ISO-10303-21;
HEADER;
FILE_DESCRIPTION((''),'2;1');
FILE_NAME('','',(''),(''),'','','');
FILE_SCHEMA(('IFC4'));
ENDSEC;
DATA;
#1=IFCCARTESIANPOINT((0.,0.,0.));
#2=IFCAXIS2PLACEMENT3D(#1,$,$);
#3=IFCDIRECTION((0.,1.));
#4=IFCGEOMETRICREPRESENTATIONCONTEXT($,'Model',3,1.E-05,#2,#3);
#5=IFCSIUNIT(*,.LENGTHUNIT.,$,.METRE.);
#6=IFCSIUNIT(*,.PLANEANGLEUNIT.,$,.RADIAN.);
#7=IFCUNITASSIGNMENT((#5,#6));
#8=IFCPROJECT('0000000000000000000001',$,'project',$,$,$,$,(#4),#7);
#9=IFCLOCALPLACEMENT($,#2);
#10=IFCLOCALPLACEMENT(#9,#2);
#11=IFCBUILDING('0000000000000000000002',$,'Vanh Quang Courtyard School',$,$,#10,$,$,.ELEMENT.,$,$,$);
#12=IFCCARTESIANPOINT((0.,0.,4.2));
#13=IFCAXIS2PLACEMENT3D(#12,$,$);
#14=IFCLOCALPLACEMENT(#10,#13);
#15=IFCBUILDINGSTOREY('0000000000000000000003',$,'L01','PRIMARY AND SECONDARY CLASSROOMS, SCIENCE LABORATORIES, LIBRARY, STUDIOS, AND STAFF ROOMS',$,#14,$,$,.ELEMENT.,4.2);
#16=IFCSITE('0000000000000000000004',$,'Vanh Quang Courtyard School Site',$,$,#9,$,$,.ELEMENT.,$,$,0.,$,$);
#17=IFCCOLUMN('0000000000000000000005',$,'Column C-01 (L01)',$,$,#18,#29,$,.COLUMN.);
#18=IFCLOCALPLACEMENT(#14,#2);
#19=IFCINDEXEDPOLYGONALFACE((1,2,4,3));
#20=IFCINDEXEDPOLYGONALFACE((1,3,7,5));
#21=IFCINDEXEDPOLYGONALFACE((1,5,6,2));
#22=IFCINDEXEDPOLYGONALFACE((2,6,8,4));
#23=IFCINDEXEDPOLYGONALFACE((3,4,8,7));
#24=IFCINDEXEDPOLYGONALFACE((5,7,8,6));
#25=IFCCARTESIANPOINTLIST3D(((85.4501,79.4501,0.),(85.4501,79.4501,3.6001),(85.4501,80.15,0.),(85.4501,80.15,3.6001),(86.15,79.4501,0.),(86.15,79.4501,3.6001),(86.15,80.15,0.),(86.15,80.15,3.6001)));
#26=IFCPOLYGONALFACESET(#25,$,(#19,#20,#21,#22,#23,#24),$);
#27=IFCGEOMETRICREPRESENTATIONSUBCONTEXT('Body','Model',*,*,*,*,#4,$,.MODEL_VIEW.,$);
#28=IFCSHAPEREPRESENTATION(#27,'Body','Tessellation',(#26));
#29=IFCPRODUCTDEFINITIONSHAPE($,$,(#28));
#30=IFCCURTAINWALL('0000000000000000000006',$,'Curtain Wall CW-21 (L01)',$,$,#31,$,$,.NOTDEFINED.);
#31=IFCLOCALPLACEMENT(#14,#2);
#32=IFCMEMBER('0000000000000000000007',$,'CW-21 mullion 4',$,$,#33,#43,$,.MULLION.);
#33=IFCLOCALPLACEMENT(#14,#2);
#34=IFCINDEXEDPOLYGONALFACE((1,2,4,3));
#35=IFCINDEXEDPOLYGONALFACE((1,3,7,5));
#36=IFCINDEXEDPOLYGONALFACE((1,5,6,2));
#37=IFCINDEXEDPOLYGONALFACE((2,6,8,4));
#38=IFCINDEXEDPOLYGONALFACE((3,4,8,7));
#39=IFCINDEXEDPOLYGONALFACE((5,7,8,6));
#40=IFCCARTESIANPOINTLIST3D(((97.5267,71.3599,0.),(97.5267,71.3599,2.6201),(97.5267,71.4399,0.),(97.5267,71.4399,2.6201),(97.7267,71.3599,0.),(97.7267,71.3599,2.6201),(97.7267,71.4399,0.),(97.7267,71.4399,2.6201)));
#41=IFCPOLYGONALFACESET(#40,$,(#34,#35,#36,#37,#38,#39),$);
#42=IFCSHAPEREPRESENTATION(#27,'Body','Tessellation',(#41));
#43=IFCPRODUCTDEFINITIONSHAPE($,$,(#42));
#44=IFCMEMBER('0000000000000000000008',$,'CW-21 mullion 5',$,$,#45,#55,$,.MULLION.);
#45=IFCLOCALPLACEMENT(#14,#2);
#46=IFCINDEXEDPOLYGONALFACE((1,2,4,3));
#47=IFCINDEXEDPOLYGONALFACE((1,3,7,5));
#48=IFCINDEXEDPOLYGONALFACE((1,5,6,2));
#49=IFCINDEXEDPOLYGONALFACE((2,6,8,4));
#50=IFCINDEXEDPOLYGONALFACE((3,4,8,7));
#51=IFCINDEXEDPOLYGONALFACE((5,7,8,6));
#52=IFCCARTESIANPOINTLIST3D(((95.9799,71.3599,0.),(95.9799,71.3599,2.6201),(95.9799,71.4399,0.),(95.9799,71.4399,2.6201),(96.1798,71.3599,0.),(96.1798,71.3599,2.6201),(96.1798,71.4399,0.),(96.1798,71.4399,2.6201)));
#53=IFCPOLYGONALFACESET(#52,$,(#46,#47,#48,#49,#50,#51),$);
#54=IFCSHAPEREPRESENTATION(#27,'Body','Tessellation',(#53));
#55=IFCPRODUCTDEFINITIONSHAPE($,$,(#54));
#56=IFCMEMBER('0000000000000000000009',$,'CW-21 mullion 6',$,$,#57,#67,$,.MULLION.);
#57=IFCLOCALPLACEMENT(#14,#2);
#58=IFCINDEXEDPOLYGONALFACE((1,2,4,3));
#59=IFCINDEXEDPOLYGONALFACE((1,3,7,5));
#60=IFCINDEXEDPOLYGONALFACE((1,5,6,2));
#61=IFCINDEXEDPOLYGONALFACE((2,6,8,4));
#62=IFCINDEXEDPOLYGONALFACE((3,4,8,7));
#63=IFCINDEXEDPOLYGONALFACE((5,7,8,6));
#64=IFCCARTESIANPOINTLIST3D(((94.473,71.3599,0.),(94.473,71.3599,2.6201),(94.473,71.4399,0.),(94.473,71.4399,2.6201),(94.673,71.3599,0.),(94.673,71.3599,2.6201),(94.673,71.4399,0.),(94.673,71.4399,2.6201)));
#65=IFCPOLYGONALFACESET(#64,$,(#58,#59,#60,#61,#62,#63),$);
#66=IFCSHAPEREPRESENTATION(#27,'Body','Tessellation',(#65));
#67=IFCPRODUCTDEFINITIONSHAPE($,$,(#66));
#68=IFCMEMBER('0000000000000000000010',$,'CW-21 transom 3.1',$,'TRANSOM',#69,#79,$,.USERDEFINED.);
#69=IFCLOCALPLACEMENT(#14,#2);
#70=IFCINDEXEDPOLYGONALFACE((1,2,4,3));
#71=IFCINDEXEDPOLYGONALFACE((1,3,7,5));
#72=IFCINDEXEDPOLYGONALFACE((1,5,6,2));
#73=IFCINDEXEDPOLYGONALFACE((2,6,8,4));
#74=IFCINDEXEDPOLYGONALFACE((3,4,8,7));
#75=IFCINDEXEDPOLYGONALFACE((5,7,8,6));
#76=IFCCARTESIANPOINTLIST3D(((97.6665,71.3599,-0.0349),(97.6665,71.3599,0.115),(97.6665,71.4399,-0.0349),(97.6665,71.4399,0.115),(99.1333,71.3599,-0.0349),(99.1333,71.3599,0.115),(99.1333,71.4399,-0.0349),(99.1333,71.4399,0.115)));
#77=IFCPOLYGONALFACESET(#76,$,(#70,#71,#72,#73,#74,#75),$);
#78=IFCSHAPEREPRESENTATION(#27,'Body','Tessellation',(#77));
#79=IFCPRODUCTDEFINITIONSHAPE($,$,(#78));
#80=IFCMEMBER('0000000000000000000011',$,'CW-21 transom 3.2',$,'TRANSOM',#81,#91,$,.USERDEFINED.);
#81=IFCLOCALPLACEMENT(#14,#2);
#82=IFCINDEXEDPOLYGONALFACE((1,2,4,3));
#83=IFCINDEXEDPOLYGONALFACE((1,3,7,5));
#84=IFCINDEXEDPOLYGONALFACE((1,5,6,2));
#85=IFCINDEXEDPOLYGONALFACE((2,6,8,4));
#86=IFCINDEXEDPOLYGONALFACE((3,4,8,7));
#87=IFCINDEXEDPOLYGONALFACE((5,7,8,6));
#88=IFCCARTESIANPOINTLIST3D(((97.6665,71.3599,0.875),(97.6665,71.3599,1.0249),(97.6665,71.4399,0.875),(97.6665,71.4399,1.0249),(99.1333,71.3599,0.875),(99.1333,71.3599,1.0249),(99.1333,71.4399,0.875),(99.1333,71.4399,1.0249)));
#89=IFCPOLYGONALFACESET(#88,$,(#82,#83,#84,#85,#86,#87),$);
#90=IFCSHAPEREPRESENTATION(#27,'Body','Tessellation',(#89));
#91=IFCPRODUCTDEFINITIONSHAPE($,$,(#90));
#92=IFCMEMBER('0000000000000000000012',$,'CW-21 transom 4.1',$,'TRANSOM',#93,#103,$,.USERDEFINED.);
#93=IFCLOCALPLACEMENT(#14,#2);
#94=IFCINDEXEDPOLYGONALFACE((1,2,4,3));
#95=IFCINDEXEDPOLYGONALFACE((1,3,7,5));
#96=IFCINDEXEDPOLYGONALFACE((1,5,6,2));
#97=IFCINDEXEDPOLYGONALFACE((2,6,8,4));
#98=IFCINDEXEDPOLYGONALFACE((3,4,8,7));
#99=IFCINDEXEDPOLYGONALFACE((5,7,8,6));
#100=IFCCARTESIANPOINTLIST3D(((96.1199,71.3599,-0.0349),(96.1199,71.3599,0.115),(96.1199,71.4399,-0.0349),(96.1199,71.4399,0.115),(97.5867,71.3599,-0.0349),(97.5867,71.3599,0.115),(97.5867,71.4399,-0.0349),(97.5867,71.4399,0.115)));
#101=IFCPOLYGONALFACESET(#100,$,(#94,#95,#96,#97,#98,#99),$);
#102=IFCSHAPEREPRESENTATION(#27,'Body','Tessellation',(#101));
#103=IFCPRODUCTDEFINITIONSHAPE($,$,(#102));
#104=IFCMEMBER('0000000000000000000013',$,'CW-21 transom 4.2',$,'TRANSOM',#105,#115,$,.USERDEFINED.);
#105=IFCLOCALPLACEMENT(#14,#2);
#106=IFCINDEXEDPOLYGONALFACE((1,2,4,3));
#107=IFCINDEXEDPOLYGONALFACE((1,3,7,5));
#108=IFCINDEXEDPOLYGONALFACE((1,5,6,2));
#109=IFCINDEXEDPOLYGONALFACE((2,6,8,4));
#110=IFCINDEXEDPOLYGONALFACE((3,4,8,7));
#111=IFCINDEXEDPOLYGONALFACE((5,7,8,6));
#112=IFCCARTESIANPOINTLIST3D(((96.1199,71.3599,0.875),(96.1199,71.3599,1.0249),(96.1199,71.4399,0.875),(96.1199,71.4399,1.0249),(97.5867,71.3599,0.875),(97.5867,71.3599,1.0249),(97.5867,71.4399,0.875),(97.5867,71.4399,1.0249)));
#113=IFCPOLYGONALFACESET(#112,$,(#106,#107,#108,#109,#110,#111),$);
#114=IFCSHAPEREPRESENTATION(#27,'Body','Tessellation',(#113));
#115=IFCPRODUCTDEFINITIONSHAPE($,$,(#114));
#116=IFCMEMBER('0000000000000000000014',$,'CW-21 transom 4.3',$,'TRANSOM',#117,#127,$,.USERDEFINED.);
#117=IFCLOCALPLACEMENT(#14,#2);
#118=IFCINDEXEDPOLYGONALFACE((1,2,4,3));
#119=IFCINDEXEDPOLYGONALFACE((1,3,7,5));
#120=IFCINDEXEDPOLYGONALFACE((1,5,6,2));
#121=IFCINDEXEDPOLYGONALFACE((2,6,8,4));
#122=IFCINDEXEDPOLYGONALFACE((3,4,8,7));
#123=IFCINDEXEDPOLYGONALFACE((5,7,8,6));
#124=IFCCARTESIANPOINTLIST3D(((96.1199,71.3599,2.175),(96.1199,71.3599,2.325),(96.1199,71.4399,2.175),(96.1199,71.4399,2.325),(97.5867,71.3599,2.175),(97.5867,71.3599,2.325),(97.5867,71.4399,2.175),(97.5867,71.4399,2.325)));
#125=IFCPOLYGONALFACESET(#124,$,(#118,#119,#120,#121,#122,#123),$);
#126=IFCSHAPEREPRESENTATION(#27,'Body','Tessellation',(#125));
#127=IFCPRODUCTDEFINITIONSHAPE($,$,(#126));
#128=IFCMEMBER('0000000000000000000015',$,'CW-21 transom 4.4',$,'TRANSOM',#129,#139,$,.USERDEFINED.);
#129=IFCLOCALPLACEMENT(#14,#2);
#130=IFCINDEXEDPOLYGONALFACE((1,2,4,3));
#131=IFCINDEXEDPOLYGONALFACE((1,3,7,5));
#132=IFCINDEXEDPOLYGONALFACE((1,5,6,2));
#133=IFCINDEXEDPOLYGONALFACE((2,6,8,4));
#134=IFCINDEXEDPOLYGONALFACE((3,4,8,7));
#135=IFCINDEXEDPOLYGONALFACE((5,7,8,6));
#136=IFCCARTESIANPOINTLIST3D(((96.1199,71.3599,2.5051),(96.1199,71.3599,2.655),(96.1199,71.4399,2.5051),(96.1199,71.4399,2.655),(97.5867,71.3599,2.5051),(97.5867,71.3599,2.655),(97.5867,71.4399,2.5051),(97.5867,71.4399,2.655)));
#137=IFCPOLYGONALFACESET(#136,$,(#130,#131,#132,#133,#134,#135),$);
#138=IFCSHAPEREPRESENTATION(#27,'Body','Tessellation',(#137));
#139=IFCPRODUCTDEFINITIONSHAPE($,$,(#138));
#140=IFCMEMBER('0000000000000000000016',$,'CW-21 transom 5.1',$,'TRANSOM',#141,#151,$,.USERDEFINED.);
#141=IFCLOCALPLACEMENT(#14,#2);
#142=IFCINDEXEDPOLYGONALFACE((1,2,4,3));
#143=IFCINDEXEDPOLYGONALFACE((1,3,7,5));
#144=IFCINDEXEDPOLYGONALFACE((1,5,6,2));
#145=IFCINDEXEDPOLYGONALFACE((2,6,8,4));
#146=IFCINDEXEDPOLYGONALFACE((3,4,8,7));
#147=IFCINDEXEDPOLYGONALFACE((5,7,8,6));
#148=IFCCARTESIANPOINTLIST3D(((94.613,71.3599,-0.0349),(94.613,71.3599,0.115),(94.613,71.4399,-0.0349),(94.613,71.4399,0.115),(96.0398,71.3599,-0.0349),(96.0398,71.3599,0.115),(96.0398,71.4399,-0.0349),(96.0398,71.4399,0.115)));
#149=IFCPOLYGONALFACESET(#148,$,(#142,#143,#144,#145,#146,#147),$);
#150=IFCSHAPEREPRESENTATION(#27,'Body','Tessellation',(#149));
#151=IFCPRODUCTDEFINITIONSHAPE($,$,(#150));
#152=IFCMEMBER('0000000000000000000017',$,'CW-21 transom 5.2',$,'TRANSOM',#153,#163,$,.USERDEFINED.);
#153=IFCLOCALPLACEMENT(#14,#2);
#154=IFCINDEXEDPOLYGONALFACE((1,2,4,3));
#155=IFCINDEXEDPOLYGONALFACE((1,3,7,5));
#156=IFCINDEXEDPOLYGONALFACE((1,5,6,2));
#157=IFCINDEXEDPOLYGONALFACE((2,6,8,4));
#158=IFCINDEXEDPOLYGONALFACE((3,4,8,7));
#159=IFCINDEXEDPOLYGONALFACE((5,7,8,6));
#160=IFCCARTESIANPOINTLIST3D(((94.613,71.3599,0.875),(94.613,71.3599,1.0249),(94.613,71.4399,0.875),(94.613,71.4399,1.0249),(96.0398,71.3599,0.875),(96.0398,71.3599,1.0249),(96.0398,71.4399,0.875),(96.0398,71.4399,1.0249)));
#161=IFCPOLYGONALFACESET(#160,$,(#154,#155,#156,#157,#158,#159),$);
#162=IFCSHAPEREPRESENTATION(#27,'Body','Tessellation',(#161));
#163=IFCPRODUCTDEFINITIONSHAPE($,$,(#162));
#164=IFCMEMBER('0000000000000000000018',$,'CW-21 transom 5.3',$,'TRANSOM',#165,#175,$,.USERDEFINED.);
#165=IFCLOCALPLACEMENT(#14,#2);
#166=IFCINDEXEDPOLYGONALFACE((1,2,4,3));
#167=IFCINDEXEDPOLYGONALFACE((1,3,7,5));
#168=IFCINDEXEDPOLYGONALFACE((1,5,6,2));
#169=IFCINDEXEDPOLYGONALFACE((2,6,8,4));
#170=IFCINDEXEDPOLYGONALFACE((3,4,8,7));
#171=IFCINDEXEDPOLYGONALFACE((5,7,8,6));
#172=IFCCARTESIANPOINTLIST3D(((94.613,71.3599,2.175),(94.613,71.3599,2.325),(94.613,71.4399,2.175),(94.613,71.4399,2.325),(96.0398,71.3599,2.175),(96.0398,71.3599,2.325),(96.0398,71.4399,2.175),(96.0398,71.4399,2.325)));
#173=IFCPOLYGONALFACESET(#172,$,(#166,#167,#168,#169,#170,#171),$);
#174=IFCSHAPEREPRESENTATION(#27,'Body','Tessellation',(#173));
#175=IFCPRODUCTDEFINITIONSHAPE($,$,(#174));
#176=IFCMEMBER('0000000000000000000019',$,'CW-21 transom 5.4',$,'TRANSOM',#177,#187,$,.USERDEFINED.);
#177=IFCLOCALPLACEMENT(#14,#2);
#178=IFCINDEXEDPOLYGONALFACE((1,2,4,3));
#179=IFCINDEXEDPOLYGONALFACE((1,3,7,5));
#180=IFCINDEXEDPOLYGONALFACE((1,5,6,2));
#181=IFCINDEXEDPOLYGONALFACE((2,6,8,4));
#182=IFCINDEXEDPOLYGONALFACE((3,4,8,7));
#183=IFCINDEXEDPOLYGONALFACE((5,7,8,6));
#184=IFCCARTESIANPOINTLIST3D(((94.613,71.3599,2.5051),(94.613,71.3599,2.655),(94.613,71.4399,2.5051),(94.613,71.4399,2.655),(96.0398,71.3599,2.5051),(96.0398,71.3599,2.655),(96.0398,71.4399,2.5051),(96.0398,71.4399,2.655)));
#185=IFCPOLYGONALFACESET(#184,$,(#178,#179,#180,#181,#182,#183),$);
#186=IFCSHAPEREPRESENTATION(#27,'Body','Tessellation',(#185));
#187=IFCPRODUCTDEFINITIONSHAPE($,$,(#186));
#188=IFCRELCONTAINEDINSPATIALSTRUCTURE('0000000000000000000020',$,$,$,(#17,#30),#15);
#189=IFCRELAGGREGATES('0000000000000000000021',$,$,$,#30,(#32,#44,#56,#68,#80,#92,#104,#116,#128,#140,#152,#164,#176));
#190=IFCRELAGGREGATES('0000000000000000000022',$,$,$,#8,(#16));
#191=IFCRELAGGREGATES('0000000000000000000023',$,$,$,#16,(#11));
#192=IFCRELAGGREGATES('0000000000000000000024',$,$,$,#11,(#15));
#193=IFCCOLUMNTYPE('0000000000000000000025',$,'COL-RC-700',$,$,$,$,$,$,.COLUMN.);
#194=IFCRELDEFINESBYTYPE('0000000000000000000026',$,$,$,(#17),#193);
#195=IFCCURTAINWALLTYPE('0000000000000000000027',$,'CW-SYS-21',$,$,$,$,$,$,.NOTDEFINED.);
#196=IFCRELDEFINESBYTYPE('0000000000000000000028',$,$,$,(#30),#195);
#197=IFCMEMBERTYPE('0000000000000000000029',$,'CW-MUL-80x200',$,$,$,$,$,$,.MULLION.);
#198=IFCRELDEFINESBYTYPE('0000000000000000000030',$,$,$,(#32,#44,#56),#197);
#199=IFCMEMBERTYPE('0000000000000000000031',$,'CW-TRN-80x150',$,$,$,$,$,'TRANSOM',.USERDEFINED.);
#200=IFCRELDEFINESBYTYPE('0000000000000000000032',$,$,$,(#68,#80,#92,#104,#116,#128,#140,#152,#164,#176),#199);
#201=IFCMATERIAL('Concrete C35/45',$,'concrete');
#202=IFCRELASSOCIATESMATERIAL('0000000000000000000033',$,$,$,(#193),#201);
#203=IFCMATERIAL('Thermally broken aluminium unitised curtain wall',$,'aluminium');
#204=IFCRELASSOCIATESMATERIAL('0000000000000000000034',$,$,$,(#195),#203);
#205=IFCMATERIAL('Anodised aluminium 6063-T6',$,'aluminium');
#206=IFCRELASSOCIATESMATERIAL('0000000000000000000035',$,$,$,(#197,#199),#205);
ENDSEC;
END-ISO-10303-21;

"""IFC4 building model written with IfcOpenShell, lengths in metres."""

from ifc_helpers import new_model, si_unit, direction, frame, origin, origin_2d, place, context, subcontext, project, spatial, rectangle, extrude, material, material_profile, profile_set, type_object, element, aggregate, save


model = new_model("IFC4")

# Units and contexts
model_context = context("Model", 3, precision=1e-05, world=origin(), true_north=direction((0.0, 1.0)))
body_context = subcontext(model_context, "Body", "Model", "MODEL_VIEW")
ifc_project = project(units=[si_unit("LENGTHUNIT", "METRE"), si_unit("PLANEANGLEUNIT", "RADIAN")], contexts=[model_context])

# Site, building, storey
site_placement = place(None, origin())
site = spatial("IfcSite", under=ifc_project, at=site_placement, Name="Vanh Quang Courtyard School Site", CompositionType="ELEMENT", RefElevation=0.0)
building_placement = place(site_placement, origin())
building = spatial("IfcBuilding", under=site, at=building_placement, Name="Vanh Quang Courtyard School", CompositionType="ELEMENT")
storey_placement = place(building_placement, frame((0.0, 0.0, 4.2)))
storey = spatial("IfcBuildingStorey", under=building, at=storey_placement, Name="L01", Description="PRIMARY AND SECONDARY CLASSROOMS, SCIENCE LABORATORIES, LIBRARY, STUDIOS, AND STAFF ROOMS", CompositionType="ELEMENT", Elevation=4.2)

# Column
ifc_material_1 = material(Name="Concrete C35/45", Category="concrete")
ifc_material_profile_1 = material_profile(ifc_material_1, rectangle(XDim=0.7, YDim=0.7, at=origin_2d()), Name="RC-COL 700x700")
ifc_profile_set_1 = profile_set([ifc_material_profile_1], Name="Concrete C35/45")
column_type = type_object("IfcColumnType", Name="COL-RC-700", PredefinedType="COLUMN", material=ifc_profile_set_1)
column_placement = place(storey_placement, frame((85.8, 79.8, 0.0), z_axis=(0.0, 0.0, 1.0), x_axis=(1.0, 0.0, 0.0)))
element("IfcColumn", 1, at=column_placement, inside=storey, type_object=column_type, Name="Column C-01 (L01)", PredefinedType="COLUMN", context=body_context, shape_type="SweptSolid", body=[
    extrude(rectangle(XDim=0.7, YDim=0.7, at=origin_2d()), origin(), (0.0, 0.0, 1.0), 3.6001),
])

# Curtain wall, members
ifc_material_2 = material(Name="Thermally broken aluminium unitised curtain wall", Category="aluminium")
curtain_wall_type = type_object("IfcCurtainWallType", Name="CW-SYS-21", PredefinedType="NOTDEFINED", material=ifc_material_2)
curtain_wall_placement = place(storey_placement, origin())
curtain_wall = element("IfcCurtainWall", 2, at=curtain_wall_placement, inside=storey, type_object=curtain_wall_type, Name="Curtain Wall CW-21 (L01)", PredefinedType="NOTDEFINED")
ifc_material_3 = material(Name="Anodised aluminium 6063-T6", Category="aluminium")
ifc_material_profile_2 = material_profile(ifc_material_3, rectangle(XDim=0.0801, YDim=0.2, at=origin_2d()), Name="ALU-MUL 80x200")
ifc_profile_set_2 = profile_set([ifc_material_profile_2], Name="Anodised aluminium 6063-T6")
member_type_1 = type_object("IfcMemberType", Name="CW-MUL-80x200", PredefinedType="MULLION", material=ifc_profile_set_2)
member_1_placement = place(storey_placement, frame((97.6267, 71.3999, 0.0), z_axis=(0.0, 0.0, 1.0), x_axis=(0.0, -1.0, 0.0)))
member_1 = element("IfcMember", 3, at=member_1_placement, type_object=member_type_1, Name="CW-21 mullion 4", PredefinedType="MULLION", context=body_context, shape_type="SweptSolid", body=[
    extrude(rectangle(XDim=0.0801, YDim=0.2, at=origin_2d()), origin(), (0.0, 0.0, 1.0), 2.6201),
])
member_2_placement = place(storey_placement, frame((96.0798, 71.3999, 0.0), z_axis=(0.0, 0.0, 1.0), x_axis=(0.0, -1.0, 0.0)))
member_2 = element("IfcMember", 4, at=member_2_placement, type_object=member_type_1, Name="CW-21 mullion 5", PredefinedType="MULLION", context=body_context, shape_type="SweptSolid", body=[
    extrude(rectangle(XDim=0.0801, YDim=0.2, at=origin_2d()), origin(), (0.0, 0.0, 1.0), 2.6201),
])
member_3_placement = place(storey_placement, frame((94.573, 71.3999, 0.0), z_axis=(0.0, 0.0, 1.0), x_axis=(0.0, -1.0, 0.0)))
member_3 = element("IfcMember", 5, at=member_3_placement, type_object=member_type_1, Name="CW-21 mullion 6", PredefinedType="MULLION", context=body_context, shape_type="SweptSolid", body=[
    extrude(rectangle(XDim=0.0801, YDim=0.2, at=origin_2d()), origin(), (0.0, 0.0, 1.0), 2.6201),
])
ifc_material_profile_3 = material_profile(ifc_material_3, rectangle(XDim=0.0801, YDim=0.1499, at=origin_2d()), Name="ALU-TRN 80x150")
ifc_profile_set_3 = profile_set([ifc_material_profile_3], Name="Anodised aluminium 6063-T6")
member_type_2 = type_object("IfcMemberType", Name="CW-TRN-80x150", ElementType="TRANSOM", PredefinedType="USERDEFINED", material=ifc_profile_set_3)
member_4_placement = place(storey_placement, frame((99.1333, 71.3999, 0.04), z_axis=(-1.0, 0.0, 0.0), x_axis=(0.0, -1.0, 0.0)))
member_4 = element("IfcMember", 6, at=member_4_placement, type_object=member_type_2, Name="CW-21 transom 3.1", ObjectType="TRANSOM", PredefinedType="USERDEFINED", context=body_context, shape_type="SweptSolid", body=[
    extrude(rectangle(XDim=0.0801, YDim=0.1499, at=origin_2d()), origin(), (0.0, 0.0, 1.0), 1.4668),
])
member_5_placement = place(storey_placement, frame((99.1333, 71.3999, 0.95), z_axis=(-1.0, 0.0, 0.0), x_axis=(0.0, -1.0, 0.0)))
member_5 = element("IfcMember", 7, at=member_5_placement, type_object=member_type_2, Name="CW-21 transom 3.2", ObjectType="TRANSOM", PredefinedType="USERDEFINED", context=body_context, shape_type="SweptSolid", body=[
    extrude(rectangle(XDim=0.0801, YDim=0.1499, at=origin_2d()), origin(), (0.0, 0.0, 1.0), 1.4668),
])
member_6_placement = place(storey_placement, frame((97.5867, 71.3999, 0.04), z_axis=(-1.0, 0.0, 0.0), x_axis=(0.0, -1.0, 0.0)))
member_6 = element("IfcMember", 8, at=member_6_placement, type_object=member_type_2, Name="CW-21 transom 4.1", ObjectType="TRANSOM", PredefinedType="USERDEFINED", context=body_context, shape_type="SweptSolid", body=[
    extrude(rectangle(XDim=0.0801, YDim=0.1499, at=origin_2d()), origin(), (0.0, 0.0, 1.0), 1.4668),
])
member_7_placement = place(storey_placement, frame((97.5867, 71.3999, 0.95), z_axis=(-1.0, 0.0, 0.0), x_axis=(0.0, -1.0, 0.0)))
member_7 = element("IfcMember", 9, at=member_7_placement, type_object=member_type_2, Name="CW-21 transom 4.2", ObjectType="TRANSOM", PredefinedType="USERDEFINED", context=body_context, shape_type="SweptSolid", body=[
    extrude(rectangle(XDim=0.0801, YDim=0.1499, at=origin_2d()), origin(), (0.0, 0.0, 1.0), 1.4668),
])
member_8_placement = place(storey_placement, frame((97.5867, 71.3999, 2.25), z_axis=(-1.0, 0.0, 0.0), x_axis=(0.0, -1.0, 0.0)))
member_8 = element("IfcMember", 10, at=member_8_placement, type_object=member_type_2, Name="CW-21 transom 4.3", ObjectType="TRANSOM", PredefinedType="USERDEFINED", context=body_context, shape_type="SweptSolid", body=[
    extrude(rectangle(XDim=0.0801, YDim=0.1499, at=origin_2d()), origin(), (0.0, 0.0, 1.0), 1.4668),
])
member_9_placement = place(storey_placement, frame((97.5867, 71.3999, 2.5801), z_axis=(-1.0, 0.0, 0.0), x_axis=(0.0, -1.0, 0.0)))
member_9 = element("IfcMember", 11, at=member_9_placement, type_object=member_type_2, Name="CW-21 transom 4.4", ObjectType="TRANSOM", PredefinedType="USERDEFINED", context=body_context, shape_type="SweptSolid", body=[
    extrude(rectangle(XDim=0.0801, YDim=0.1499, at=origin_2d()), origin(), (0.0, 0.0, 1.0), 1.4668),
])
member_10_placement = place(storey_placement, frame((96.0398, 71.3999, 0.04), z_axis=(-1.0, 0.0, 0.0), x_axis=(0.0, -1.0, 0.0)))
member_10 = element("IfcMember", 12, at=member_10_placement, type_object=member_type_2, Name="CW-21 transom 5.1", ObjectType="TRANSOM", PredefinedType="USERDEFINED", context=body_context, shape_type="SweptSolid", body=[
    extrude(rectangle(XDim=0.0801, YDim=0.1499, at=origin_2d()), origin(), (0.0, 0.0, 1.0), 1.4268),
])
member_11_placement = place(storey_placement, frame((96.0398, 71.3999, 0.95), z_axis=(-1.0, 0.0, 0.0), x_axis=(0.0, -1.0, 0.0)))
member_11 = element("IfcMember", 13, at=member_11_placement, type_object=member_type_2, Name="CW-21 transom 5.2", ObjectType="TRANSOM", PredefinedType="USERDEFINED", context=body_context, shape_type="SweptSolid", body=[
    extrude(rectangle(XDim=0.0801, YDim=0.1499, at=origin_2d()), origin(), (0.0, 0.0, 1.0), 1.4268),
])
member_12_placement = place(storey_placement, frame((96.0398, 71.3999, 2.25), z_axis=(-1.0, 0.0, 0.0), x_axis=(0.0, -1.0, 0.0)))
member_12 = element("IfcMember", 14, at=member_12_placement, type_object=member_type_2, Name="CW-21 transom 5.3", ObjectType="TRANSOM", PredefinedType="USERDEFINED", context=body_context, shape_type="SweptSolid", body=[
    extrude(rectangle(XDim=0.0801, YDim=0.1499, at=origin_2d()), origin(), (0.0, 0.0, 1.0), 1.4268),
])
member_13_placement = place(storey_placement, frame((96.0398, 71.3999, 2.5801), z_axis=(-1.0, 0.0, 0.0), x_axis=(0.0, -1.0, 0.0)))
member_13 = element("IfcMember", 15, at=member_13_placement, type_object=member_type_2, Name="CW-21 transom 5.4", ObjectType="TRANSOM", PredefinedType="USERDEFINED", context=body_context, shape_type="SweptSolid", body=[
    extrude(rectangle(XDim=0.0801, YDim=0.1499, at=origin_2d()), origin(), (0.0, 0.0, 1.0), 1.4268),
])

aggregate(curtain_wall, [member_1, member_2, member_3, member_4, member_5, member_6, member_7, member_8, member_9, member_10, member_11, member_12, member_13])

save(model, "model.ifc")
